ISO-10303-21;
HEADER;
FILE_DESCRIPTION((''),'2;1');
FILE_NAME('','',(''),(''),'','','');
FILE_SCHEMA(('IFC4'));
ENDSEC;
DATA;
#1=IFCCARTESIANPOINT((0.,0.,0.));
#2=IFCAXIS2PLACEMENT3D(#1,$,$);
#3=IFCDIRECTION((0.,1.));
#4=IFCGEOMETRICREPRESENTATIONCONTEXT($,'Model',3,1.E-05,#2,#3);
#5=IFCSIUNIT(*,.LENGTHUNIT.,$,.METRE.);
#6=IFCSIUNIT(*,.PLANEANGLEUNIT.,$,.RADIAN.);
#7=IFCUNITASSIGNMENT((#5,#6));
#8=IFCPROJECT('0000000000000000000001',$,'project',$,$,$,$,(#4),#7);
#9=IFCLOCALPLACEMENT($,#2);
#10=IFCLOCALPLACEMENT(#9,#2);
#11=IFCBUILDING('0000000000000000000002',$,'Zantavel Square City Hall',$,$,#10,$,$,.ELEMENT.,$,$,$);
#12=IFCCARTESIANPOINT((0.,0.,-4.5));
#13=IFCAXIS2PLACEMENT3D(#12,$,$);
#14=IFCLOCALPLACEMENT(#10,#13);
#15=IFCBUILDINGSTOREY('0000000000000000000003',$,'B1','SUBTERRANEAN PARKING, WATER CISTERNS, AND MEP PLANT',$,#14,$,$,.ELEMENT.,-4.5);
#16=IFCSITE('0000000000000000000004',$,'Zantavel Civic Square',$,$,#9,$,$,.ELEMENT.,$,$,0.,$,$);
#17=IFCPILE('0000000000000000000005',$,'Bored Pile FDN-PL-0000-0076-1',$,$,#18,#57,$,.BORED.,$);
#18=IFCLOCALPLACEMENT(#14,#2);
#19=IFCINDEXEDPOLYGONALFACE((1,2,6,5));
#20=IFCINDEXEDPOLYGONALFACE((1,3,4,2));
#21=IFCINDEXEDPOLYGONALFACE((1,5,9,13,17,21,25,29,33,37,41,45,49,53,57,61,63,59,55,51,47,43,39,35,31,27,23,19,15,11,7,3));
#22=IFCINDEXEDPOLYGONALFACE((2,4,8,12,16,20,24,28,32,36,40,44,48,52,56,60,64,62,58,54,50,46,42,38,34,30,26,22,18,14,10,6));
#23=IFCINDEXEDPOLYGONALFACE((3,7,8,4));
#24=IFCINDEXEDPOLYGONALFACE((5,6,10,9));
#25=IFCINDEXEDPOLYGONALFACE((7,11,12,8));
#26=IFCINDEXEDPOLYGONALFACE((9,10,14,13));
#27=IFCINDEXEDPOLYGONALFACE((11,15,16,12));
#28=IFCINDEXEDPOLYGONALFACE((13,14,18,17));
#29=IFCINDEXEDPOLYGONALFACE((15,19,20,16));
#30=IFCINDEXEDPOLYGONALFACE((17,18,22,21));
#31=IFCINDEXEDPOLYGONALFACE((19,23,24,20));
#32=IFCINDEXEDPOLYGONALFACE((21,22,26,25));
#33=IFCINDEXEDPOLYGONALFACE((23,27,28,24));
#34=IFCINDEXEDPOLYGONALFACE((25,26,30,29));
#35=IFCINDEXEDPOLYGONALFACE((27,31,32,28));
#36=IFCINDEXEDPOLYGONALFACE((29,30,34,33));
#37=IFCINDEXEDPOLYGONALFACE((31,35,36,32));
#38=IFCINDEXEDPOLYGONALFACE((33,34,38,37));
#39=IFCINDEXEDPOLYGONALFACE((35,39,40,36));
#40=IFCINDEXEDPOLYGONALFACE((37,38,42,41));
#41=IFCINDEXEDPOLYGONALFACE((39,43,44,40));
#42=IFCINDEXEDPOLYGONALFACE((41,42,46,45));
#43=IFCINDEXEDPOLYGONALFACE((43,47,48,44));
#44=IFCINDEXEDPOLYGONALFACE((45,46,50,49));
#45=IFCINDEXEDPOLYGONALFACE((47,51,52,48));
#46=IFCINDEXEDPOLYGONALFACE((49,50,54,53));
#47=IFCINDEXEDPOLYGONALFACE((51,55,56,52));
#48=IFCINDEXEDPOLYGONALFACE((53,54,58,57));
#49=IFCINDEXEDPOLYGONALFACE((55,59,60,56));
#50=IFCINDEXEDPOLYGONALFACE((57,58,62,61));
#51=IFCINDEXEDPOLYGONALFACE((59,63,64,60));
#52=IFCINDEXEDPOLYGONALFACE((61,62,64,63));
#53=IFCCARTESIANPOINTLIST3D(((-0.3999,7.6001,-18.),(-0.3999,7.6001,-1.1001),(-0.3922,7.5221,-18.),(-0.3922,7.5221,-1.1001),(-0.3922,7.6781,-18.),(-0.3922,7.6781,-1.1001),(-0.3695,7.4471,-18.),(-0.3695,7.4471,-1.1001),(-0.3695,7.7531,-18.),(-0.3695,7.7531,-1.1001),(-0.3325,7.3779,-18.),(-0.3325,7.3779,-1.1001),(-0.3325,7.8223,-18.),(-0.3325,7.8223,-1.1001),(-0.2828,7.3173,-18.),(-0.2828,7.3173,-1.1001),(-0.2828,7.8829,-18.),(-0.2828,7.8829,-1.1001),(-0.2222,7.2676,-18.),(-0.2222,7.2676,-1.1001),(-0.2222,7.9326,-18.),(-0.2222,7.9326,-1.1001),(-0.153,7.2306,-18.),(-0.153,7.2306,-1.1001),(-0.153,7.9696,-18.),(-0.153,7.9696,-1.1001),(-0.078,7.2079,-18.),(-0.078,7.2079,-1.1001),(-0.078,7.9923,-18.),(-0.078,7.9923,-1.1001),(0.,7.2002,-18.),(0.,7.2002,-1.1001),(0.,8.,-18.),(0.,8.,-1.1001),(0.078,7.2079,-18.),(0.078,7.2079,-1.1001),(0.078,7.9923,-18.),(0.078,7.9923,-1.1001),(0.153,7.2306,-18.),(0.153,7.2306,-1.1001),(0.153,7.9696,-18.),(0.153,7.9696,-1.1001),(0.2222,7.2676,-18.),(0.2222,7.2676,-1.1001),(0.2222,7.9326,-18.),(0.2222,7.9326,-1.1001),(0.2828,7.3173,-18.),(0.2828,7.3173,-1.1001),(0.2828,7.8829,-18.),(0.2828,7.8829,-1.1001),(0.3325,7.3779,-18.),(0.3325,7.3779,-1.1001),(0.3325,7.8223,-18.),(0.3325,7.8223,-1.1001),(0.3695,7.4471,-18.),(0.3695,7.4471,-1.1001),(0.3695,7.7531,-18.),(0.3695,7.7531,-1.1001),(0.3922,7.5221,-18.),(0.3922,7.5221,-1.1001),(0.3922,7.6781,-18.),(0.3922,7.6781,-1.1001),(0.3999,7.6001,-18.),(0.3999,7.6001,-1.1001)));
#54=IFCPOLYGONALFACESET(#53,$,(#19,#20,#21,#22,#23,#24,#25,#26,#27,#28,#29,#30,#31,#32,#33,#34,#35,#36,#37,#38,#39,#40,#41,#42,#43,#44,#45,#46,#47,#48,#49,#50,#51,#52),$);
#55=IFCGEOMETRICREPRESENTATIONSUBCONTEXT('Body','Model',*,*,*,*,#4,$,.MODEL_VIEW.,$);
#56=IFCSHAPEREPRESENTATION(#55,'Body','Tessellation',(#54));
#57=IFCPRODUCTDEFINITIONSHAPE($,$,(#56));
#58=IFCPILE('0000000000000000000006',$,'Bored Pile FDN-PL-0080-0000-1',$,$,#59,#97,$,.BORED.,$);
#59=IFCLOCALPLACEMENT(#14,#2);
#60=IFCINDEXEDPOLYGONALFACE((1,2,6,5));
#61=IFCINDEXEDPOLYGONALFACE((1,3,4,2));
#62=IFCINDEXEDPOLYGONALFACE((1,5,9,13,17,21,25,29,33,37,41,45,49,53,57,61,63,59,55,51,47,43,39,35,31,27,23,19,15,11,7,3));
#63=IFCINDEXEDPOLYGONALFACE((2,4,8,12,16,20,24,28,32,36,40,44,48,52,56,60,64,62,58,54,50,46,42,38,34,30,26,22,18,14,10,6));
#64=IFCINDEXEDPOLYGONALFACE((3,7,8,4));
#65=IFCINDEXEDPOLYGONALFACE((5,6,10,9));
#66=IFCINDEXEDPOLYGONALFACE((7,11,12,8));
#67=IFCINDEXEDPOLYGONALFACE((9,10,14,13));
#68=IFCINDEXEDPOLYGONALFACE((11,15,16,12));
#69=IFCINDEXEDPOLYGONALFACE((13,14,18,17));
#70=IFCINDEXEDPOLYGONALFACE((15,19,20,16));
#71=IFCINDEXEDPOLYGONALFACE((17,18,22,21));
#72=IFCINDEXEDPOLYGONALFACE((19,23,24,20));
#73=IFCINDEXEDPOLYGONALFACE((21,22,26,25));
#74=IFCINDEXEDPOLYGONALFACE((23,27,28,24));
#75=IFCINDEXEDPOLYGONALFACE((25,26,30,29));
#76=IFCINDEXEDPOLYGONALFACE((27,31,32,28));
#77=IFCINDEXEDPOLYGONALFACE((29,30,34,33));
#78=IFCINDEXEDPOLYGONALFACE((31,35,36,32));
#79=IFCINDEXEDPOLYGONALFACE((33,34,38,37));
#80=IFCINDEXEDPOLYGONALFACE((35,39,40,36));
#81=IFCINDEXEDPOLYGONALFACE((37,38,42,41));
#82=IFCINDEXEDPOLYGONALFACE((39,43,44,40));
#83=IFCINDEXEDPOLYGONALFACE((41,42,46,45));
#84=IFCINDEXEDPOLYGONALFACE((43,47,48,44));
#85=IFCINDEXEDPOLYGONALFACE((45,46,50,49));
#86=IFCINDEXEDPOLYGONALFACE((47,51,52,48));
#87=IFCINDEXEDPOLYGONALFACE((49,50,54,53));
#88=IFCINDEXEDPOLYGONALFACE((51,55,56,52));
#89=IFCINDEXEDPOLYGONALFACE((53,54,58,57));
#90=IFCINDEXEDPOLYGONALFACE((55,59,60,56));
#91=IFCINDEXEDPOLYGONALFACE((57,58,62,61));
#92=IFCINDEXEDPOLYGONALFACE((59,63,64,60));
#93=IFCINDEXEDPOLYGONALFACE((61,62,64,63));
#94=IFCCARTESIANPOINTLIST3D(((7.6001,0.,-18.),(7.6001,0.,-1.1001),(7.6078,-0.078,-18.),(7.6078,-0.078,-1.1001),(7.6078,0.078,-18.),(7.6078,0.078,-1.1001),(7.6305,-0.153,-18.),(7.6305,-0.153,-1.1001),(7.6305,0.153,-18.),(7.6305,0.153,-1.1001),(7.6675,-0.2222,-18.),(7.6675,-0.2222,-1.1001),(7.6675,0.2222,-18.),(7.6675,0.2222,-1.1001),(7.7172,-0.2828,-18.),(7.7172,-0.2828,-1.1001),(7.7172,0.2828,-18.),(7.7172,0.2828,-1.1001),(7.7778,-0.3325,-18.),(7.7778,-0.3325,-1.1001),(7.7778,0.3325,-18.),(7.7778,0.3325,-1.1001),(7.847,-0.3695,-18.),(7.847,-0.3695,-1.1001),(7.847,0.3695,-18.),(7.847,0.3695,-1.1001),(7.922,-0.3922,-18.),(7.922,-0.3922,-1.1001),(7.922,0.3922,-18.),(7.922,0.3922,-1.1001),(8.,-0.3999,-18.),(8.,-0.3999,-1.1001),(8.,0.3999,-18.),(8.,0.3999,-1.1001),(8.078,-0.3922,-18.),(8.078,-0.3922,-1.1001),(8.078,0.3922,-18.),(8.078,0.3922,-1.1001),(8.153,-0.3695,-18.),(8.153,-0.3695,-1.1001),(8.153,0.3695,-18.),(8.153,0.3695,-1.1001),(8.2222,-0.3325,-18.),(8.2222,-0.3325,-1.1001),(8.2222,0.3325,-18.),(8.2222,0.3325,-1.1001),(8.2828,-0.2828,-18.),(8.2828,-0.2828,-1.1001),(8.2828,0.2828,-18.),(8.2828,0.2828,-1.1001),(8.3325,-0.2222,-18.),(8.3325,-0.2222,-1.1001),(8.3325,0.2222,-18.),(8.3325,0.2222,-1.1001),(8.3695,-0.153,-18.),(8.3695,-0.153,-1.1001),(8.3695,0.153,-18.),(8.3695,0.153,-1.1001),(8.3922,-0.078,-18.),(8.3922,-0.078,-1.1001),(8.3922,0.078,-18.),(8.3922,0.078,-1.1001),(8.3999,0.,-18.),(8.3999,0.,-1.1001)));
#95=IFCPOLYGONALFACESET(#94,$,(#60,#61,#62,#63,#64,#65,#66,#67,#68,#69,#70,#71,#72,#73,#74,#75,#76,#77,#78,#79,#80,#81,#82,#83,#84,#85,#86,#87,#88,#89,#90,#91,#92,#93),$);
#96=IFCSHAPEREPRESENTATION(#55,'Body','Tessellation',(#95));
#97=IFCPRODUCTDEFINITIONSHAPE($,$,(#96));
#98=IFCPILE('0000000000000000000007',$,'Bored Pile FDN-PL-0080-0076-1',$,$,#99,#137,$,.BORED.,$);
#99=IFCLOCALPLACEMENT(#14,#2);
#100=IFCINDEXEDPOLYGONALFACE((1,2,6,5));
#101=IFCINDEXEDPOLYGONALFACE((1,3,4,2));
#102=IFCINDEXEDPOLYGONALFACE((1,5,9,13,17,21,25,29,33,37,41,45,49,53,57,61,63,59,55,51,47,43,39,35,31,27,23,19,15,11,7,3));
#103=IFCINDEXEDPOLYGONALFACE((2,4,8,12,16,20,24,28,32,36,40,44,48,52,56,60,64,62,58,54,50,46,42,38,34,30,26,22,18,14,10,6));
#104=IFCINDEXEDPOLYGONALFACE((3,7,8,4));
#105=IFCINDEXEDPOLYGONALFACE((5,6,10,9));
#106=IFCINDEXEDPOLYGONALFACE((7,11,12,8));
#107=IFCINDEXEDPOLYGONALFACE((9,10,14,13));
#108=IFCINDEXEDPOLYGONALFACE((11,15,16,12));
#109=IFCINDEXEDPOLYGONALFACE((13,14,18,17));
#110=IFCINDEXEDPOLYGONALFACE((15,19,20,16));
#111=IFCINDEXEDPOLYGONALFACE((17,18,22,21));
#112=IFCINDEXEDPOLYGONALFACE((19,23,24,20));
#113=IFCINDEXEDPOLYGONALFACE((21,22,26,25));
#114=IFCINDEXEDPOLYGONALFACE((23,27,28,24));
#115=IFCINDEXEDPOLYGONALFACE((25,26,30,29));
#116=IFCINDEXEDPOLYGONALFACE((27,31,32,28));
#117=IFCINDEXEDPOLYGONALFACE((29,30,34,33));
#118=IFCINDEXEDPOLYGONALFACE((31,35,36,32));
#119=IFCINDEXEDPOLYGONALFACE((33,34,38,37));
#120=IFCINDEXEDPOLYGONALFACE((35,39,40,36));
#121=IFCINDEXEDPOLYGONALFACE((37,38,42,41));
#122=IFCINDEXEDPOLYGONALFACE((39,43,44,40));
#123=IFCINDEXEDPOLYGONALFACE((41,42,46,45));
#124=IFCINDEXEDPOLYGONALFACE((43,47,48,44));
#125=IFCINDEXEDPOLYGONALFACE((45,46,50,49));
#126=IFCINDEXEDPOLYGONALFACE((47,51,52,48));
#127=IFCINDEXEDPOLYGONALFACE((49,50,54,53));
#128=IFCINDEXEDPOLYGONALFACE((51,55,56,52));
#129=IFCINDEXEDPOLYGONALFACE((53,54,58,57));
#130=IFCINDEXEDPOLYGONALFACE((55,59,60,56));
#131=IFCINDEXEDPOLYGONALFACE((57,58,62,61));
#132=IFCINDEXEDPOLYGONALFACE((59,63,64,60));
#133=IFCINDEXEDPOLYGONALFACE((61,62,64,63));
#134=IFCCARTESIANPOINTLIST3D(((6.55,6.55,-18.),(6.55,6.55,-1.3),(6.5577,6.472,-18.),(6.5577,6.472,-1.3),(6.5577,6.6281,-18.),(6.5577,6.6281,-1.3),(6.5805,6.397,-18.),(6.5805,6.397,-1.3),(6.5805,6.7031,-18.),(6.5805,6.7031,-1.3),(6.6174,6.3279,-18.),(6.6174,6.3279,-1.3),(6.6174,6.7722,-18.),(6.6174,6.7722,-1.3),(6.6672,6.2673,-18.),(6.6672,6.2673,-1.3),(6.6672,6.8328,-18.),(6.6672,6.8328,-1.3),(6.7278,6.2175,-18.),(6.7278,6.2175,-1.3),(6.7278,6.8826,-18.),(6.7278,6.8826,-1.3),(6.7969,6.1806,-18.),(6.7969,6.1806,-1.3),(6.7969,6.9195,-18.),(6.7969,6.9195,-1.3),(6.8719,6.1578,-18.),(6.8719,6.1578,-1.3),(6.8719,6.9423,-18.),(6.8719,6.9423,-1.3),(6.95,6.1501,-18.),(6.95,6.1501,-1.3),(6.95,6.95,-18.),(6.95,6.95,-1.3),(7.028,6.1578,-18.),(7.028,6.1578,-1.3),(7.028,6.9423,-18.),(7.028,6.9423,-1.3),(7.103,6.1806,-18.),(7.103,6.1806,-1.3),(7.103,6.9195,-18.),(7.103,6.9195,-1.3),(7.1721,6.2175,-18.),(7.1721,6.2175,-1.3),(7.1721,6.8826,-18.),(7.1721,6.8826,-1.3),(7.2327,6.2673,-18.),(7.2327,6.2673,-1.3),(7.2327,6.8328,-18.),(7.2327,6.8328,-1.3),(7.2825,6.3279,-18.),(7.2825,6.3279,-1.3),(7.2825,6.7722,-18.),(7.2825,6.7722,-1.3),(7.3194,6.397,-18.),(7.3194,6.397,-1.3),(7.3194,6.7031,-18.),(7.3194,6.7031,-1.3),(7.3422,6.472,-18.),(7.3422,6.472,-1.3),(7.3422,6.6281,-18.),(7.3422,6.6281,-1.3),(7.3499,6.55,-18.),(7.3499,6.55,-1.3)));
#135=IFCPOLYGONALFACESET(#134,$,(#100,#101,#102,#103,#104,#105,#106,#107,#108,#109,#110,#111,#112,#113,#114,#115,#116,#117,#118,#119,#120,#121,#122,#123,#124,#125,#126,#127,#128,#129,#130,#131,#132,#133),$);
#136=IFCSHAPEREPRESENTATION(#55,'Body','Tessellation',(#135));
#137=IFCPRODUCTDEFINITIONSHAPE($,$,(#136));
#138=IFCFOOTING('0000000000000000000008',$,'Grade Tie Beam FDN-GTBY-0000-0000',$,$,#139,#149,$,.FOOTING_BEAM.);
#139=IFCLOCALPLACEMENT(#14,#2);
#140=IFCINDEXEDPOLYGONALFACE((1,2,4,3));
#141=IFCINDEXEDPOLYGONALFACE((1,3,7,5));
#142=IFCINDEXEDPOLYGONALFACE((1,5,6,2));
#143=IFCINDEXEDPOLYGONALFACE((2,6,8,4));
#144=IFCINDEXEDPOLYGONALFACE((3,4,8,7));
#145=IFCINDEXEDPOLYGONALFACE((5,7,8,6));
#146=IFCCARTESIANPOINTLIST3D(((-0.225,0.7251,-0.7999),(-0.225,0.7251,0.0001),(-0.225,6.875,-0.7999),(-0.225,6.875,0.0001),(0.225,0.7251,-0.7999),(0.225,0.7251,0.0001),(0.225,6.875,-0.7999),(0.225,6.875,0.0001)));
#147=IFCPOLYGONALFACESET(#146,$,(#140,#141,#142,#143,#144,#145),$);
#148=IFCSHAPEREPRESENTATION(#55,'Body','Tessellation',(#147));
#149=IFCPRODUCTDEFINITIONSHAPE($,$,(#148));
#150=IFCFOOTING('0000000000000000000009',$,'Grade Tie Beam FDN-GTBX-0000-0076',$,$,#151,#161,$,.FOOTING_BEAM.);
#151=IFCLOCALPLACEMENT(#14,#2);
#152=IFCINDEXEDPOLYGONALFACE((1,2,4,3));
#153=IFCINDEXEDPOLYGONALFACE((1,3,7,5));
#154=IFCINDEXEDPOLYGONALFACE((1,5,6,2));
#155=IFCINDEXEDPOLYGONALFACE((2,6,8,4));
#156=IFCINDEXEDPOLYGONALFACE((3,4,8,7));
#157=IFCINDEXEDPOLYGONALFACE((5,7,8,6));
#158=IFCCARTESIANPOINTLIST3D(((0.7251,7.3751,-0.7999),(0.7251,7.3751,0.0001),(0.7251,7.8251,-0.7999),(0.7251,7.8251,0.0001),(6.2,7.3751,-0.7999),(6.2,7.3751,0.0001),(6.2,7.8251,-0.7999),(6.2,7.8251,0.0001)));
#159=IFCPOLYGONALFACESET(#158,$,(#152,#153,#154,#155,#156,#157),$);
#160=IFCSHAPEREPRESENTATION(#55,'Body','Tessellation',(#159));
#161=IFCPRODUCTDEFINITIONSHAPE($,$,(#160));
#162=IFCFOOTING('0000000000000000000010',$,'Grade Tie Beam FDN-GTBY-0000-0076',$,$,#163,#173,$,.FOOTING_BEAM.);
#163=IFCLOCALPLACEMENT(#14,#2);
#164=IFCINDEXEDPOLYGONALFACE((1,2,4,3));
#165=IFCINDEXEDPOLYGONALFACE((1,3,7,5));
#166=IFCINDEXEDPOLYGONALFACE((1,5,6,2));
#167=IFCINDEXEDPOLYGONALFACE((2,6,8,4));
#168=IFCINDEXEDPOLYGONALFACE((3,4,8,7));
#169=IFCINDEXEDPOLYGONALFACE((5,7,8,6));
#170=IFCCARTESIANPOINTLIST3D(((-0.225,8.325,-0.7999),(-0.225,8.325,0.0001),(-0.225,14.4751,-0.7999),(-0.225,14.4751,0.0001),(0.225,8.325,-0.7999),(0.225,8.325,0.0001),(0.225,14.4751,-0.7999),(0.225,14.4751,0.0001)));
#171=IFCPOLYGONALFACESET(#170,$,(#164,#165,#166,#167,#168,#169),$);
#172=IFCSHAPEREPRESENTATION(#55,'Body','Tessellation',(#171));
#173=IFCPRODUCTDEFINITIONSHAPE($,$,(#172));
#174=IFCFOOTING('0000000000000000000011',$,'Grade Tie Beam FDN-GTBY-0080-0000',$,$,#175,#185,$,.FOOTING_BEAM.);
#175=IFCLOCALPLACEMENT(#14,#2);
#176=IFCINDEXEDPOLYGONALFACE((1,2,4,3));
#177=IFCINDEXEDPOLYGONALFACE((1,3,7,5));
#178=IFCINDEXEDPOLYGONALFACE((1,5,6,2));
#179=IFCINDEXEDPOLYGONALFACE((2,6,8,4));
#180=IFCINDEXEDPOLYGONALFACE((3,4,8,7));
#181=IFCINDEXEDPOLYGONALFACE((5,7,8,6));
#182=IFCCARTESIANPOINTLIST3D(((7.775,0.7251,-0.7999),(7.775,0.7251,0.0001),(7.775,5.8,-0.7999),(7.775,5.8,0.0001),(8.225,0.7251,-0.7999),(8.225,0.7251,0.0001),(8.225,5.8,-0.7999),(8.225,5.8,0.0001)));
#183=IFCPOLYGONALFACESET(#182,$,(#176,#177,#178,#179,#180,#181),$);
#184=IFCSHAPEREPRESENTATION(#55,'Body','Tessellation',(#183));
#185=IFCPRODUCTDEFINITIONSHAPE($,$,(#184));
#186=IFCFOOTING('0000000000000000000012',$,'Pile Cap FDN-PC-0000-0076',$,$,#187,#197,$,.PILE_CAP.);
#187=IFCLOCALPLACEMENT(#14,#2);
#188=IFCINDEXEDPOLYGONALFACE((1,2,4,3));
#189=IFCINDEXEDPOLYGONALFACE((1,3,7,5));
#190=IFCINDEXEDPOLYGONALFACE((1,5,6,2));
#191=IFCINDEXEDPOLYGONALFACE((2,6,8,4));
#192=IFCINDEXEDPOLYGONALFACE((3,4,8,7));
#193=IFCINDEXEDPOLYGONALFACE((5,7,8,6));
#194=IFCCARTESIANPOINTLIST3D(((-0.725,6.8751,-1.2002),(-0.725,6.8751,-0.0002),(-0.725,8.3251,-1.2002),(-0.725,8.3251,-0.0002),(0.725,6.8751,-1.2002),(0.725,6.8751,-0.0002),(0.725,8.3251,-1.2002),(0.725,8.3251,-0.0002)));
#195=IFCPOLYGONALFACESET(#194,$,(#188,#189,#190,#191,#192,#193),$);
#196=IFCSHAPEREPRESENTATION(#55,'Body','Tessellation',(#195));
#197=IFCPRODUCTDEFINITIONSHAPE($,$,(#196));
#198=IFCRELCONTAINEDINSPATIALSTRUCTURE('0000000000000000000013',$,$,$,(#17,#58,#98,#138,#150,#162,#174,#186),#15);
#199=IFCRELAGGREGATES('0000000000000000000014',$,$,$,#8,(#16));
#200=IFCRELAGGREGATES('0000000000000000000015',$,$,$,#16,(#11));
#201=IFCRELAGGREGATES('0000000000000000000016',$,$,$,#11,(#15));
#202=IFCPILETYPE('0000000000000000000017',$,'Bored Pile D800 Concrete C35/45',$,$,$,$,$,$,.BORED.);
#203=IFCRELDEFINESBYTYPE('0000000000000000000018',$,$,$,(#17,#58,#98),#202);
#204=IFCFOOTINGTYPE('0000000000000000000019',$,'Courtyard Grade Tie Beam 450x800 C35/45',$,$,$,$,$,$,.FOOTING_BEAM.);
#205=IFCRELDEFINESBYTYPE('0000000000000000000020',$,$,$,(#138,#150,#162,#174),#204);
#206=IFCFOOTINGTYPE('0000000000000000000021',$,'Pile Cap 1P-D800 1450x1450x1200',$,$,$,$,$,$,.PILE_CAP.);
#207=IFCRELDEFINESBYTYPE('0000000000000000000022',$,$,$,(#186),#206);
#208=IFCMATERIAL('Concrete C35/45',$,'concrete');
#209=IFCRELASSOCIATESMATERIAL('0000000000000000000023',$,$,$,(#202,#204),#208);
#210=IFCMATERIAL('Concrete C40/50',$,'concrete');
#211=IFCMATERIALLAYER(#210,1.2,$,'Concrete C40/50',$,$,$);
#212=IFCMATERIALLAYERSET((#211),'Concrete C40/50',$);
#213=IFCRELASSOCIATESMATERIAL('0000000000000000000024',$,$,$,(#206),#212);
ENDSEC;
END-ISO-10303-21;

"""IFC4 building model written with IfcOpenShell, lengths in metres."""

from ifc_helpers import new_model, si_unit, direction, frame, origin, origin_2d, place, context, subcontext, project, spatial, rectangle, circle, extrude, material, layer, layer_set, material_profile, profile_set, type_object, element, save


model = new_model("IFC4")

# Units and contexts
model_context = context("Model", 3, precision=1e-05, world=origin(), true_north=direction((0.0, 1.0)))
body_context = subcontext(model_context, "Body", "Model", "MODEL_VIEW")
ifc_project = project(units=[si_unit("LENGTHUNIT", "METRE"), si_unit("PLANEANGLEUNIT", "RADIAN")], contexts=[model_context])

# Site, building, storey
site_placement = place(None, origin())
site = spatial("IfcSite", under=ifc_project, at=site_placement, Name="Zantavel Civic Square", CompositionType="ELEMENT", RefElevation=0.0)
building_placement = place(site_placement, origin())
building = spatial("IfcBuilding", under=site, at=building_placement, Name="Zantavel Square City Hall", CompositionType="ELEMENT")
storey_placement = place(building_placement, frame((0.0, 0.0, -4.5)))
storey = spatial("IfcBuildingStorey", under=building, at=storey_placement, Name="B1", Description="SUBTERRANEAN PARKING, WATER CISTERNS, AND MEP PLANT", CompositionType="ELEMENT", Elevation=-4.5)

# Piles
ifc_material_1 = material(Name="Concrete C35/45", Category="concrete")
ifc_material_profile_1 = material_profile(ifc_material_1, circle(Radius=0.3999, at=origin_2d()), Name="PILE D800")
ifc_profile_set_1 = profile_set([ifc_material_profile_1], Name="Concrete C35/45")
pile_type = type_object("IfcPileType", Name="Bored Pile D800 Concrete C35/45", PredefinedType="BORED", material=ifc_profile_set_1)
for number, where, z_axis, x_axis, name in (
    (1, (0.0, 7.6001, -1.1001), (0.0, 0.0, -1.0), (1.0, 0.0, 0.0), "Bored Pile FDN-PL-0000-0076-1"),
    (2, (8.0, 0.0, -1.1001), (0.0, 0.0, -1.0), (1.0, 0.0, 0.0), "Bored Pile FDN-PL-0080-0000-1"),
):
    element("IfcPile", number, at=place(storey_placement, frame(where, z_axis=z_axis, x_axis=x_axis)), inside=storey, type_object=pile_type, Name=name, PredefinedType="BORED", context=body_context, shape_type="SweptSolid", body=[
        extrude(circle(Radius=0.3999, at=origin_2d()), origin(), (0.0, 0.0, 1.0), 16.8999),
    ])
pile_placement = place(storey_placement, frame((6.95, 6.55, -1.3), z_axis=(0.0, 0.0, -1.0), x_axis=(1.0, 0.0, 0.0)))
element("IfcPile", 3, at=pile_placement, inside=storey, type_object=pile_type, Name="Bored Pile FDN-PL-0080-0076-1", PredefinedType="BORED", context=body_context, shape_type="SweptSolid", body=[
    extrude(circle(Radius=0.3999, at=origin_2d()), origin(), (0.0, 0.0, 1.0), 16.7),
])

# Footings
ifc_material_profile_2 = material_profile(ifc_material_1, rectangle(XDim=0.45, YDim=0.8, at=origin_2d()), Name="RC 450x800")
ifc_profile_set_2 = profile_set([ifc_material_profile_2], Name="Concrete C35/45")
footing_type_1 = type_object("IfcFootingType", Name="Courtyard Grade Tie Beam 450x800 C35/45", PredefinedType="FOOTING_BEAM", material=ifc_profile_set_2)
footing_1_placement = place(storey_placement, frame((0.0, 0.7251, -0.3999), z_axis=(0.0, 1.0, 0.0), x_axis=(-1.0, 0.0, 0.0)))
element("IfcFooting", 4, at=footing_1_placement, inside=storey, type_object=footing_type_1, Name="Grade Tie Beam FDN-GTBY-0000-0000", PredefinedType="FOOTING_BEAM", context=body_context, shape_type="SweptSolid", body=[
    extrude(rectangle(XDim=0.45, YDim=0.8, at=origin_2d()), origin(), (0.0, 0.0, 1.0), 6.1499),
])
footing_2_placement = place(storey_placement, frame((0.7251, 7.6001, -0.3999), z_axis=(1.0, 0.0, 0.0), x_axis=(0.0, 1.0, 0.0)))
element("IfcFooting", 5, at=footing_2_placement, inside=storey, type_object=footing_type_1, Name="Grade Tie Beam FDN-GTBX-0000-0076", PredefinedType="FOOTING_BEAM", context=body_context, shape_type="SweptSolid", body=[
    extrude(rectangle(XDim=0.45, YDim=0.8, at=origin_2d()), origin(), (0.0, 0.0, 1.0), 5.4749),
])
footing_3_placement = place(storey_placement, frame((0.0, 8.325, -0.3999), z_axis=(0.0, 1.0, 0.0), x_axis=(-1.0, 0.0, 0.0)))
element("IfcFooting", 6, at=footing_3_placement, inside=storey, type_object=footing_type_1, Name="Grade Tie Beam FDN-GTBY-0000-0076", PredefinedType="FOOTING_BEAM", context=body_context, shape_type="SweptSolid", body=[
    extrude(rectangle(XDim=0.45, YDim=0.8, at=origin_2d()), origin(), (0.0, 0.0, 1.0), 6.1501),
])
footing_4_placement = place(storey_placement, frame((8.0, 0.7251, -0.3999), z_axis=(0.0, 1.0, 0.0), x_axis=(-1.0, 0.0, 0.0)))
element("IfcFooting", 7, at=footing_4_placement, inside=storey, type_object=footing_type_1, Name="Grade Tie Beam FDN-GTBY-0080-0000", PredefinedType="FOOTING_BEAM", context=body_context, shape_type="SweptSolid", body=[
    extrude(rectangle(XDim=0.45, YDim=0.8, at=origin_2d()), origin(), (0.0, 0.0, 1.0), 5.075),
])
ifc_material_2 = material(Name="Concrete C40/50", Category="concrete")
ifc_layer_1 = layer(ifc_material_2, 1.2, Name="Concrete C40/50")
ifc_layer_set_1 = layer_set([ifc_layer_1], Name="Concrete C40/50")
footing_type_2 = type_object("IfcFootingType", Name="Pile Cap 1P-D800 1450x1450x1200", PredefinedType="PILE_CAP", material=ifc_layer_set_1)
for number, where, z_axis, x_axis, name in (
    (8, (0.0, 7.6001, -1.2002), (0.0, 0.0, 1.0), (1.0, 0.0, 0.0), "Pile Cap FDN-PC-0000-0076"),
):
    element("IfcFooting", number, at=place(storey_placement, frame(where, z_axis=z_axis, x_axis=x_axis)), inside=storey, type_object=footing_type_2, Name=name, PredefinedType="PILE_CAP", context=body_context, shape_type="SweptSolid", body=[
        extrude(rectangle(XDim=1.45, YDim=1.45, at=origin_2d()), origin(), (0.0, 0.0, 1.0), 1.2),
    ])

save(model, "model.ifc")
